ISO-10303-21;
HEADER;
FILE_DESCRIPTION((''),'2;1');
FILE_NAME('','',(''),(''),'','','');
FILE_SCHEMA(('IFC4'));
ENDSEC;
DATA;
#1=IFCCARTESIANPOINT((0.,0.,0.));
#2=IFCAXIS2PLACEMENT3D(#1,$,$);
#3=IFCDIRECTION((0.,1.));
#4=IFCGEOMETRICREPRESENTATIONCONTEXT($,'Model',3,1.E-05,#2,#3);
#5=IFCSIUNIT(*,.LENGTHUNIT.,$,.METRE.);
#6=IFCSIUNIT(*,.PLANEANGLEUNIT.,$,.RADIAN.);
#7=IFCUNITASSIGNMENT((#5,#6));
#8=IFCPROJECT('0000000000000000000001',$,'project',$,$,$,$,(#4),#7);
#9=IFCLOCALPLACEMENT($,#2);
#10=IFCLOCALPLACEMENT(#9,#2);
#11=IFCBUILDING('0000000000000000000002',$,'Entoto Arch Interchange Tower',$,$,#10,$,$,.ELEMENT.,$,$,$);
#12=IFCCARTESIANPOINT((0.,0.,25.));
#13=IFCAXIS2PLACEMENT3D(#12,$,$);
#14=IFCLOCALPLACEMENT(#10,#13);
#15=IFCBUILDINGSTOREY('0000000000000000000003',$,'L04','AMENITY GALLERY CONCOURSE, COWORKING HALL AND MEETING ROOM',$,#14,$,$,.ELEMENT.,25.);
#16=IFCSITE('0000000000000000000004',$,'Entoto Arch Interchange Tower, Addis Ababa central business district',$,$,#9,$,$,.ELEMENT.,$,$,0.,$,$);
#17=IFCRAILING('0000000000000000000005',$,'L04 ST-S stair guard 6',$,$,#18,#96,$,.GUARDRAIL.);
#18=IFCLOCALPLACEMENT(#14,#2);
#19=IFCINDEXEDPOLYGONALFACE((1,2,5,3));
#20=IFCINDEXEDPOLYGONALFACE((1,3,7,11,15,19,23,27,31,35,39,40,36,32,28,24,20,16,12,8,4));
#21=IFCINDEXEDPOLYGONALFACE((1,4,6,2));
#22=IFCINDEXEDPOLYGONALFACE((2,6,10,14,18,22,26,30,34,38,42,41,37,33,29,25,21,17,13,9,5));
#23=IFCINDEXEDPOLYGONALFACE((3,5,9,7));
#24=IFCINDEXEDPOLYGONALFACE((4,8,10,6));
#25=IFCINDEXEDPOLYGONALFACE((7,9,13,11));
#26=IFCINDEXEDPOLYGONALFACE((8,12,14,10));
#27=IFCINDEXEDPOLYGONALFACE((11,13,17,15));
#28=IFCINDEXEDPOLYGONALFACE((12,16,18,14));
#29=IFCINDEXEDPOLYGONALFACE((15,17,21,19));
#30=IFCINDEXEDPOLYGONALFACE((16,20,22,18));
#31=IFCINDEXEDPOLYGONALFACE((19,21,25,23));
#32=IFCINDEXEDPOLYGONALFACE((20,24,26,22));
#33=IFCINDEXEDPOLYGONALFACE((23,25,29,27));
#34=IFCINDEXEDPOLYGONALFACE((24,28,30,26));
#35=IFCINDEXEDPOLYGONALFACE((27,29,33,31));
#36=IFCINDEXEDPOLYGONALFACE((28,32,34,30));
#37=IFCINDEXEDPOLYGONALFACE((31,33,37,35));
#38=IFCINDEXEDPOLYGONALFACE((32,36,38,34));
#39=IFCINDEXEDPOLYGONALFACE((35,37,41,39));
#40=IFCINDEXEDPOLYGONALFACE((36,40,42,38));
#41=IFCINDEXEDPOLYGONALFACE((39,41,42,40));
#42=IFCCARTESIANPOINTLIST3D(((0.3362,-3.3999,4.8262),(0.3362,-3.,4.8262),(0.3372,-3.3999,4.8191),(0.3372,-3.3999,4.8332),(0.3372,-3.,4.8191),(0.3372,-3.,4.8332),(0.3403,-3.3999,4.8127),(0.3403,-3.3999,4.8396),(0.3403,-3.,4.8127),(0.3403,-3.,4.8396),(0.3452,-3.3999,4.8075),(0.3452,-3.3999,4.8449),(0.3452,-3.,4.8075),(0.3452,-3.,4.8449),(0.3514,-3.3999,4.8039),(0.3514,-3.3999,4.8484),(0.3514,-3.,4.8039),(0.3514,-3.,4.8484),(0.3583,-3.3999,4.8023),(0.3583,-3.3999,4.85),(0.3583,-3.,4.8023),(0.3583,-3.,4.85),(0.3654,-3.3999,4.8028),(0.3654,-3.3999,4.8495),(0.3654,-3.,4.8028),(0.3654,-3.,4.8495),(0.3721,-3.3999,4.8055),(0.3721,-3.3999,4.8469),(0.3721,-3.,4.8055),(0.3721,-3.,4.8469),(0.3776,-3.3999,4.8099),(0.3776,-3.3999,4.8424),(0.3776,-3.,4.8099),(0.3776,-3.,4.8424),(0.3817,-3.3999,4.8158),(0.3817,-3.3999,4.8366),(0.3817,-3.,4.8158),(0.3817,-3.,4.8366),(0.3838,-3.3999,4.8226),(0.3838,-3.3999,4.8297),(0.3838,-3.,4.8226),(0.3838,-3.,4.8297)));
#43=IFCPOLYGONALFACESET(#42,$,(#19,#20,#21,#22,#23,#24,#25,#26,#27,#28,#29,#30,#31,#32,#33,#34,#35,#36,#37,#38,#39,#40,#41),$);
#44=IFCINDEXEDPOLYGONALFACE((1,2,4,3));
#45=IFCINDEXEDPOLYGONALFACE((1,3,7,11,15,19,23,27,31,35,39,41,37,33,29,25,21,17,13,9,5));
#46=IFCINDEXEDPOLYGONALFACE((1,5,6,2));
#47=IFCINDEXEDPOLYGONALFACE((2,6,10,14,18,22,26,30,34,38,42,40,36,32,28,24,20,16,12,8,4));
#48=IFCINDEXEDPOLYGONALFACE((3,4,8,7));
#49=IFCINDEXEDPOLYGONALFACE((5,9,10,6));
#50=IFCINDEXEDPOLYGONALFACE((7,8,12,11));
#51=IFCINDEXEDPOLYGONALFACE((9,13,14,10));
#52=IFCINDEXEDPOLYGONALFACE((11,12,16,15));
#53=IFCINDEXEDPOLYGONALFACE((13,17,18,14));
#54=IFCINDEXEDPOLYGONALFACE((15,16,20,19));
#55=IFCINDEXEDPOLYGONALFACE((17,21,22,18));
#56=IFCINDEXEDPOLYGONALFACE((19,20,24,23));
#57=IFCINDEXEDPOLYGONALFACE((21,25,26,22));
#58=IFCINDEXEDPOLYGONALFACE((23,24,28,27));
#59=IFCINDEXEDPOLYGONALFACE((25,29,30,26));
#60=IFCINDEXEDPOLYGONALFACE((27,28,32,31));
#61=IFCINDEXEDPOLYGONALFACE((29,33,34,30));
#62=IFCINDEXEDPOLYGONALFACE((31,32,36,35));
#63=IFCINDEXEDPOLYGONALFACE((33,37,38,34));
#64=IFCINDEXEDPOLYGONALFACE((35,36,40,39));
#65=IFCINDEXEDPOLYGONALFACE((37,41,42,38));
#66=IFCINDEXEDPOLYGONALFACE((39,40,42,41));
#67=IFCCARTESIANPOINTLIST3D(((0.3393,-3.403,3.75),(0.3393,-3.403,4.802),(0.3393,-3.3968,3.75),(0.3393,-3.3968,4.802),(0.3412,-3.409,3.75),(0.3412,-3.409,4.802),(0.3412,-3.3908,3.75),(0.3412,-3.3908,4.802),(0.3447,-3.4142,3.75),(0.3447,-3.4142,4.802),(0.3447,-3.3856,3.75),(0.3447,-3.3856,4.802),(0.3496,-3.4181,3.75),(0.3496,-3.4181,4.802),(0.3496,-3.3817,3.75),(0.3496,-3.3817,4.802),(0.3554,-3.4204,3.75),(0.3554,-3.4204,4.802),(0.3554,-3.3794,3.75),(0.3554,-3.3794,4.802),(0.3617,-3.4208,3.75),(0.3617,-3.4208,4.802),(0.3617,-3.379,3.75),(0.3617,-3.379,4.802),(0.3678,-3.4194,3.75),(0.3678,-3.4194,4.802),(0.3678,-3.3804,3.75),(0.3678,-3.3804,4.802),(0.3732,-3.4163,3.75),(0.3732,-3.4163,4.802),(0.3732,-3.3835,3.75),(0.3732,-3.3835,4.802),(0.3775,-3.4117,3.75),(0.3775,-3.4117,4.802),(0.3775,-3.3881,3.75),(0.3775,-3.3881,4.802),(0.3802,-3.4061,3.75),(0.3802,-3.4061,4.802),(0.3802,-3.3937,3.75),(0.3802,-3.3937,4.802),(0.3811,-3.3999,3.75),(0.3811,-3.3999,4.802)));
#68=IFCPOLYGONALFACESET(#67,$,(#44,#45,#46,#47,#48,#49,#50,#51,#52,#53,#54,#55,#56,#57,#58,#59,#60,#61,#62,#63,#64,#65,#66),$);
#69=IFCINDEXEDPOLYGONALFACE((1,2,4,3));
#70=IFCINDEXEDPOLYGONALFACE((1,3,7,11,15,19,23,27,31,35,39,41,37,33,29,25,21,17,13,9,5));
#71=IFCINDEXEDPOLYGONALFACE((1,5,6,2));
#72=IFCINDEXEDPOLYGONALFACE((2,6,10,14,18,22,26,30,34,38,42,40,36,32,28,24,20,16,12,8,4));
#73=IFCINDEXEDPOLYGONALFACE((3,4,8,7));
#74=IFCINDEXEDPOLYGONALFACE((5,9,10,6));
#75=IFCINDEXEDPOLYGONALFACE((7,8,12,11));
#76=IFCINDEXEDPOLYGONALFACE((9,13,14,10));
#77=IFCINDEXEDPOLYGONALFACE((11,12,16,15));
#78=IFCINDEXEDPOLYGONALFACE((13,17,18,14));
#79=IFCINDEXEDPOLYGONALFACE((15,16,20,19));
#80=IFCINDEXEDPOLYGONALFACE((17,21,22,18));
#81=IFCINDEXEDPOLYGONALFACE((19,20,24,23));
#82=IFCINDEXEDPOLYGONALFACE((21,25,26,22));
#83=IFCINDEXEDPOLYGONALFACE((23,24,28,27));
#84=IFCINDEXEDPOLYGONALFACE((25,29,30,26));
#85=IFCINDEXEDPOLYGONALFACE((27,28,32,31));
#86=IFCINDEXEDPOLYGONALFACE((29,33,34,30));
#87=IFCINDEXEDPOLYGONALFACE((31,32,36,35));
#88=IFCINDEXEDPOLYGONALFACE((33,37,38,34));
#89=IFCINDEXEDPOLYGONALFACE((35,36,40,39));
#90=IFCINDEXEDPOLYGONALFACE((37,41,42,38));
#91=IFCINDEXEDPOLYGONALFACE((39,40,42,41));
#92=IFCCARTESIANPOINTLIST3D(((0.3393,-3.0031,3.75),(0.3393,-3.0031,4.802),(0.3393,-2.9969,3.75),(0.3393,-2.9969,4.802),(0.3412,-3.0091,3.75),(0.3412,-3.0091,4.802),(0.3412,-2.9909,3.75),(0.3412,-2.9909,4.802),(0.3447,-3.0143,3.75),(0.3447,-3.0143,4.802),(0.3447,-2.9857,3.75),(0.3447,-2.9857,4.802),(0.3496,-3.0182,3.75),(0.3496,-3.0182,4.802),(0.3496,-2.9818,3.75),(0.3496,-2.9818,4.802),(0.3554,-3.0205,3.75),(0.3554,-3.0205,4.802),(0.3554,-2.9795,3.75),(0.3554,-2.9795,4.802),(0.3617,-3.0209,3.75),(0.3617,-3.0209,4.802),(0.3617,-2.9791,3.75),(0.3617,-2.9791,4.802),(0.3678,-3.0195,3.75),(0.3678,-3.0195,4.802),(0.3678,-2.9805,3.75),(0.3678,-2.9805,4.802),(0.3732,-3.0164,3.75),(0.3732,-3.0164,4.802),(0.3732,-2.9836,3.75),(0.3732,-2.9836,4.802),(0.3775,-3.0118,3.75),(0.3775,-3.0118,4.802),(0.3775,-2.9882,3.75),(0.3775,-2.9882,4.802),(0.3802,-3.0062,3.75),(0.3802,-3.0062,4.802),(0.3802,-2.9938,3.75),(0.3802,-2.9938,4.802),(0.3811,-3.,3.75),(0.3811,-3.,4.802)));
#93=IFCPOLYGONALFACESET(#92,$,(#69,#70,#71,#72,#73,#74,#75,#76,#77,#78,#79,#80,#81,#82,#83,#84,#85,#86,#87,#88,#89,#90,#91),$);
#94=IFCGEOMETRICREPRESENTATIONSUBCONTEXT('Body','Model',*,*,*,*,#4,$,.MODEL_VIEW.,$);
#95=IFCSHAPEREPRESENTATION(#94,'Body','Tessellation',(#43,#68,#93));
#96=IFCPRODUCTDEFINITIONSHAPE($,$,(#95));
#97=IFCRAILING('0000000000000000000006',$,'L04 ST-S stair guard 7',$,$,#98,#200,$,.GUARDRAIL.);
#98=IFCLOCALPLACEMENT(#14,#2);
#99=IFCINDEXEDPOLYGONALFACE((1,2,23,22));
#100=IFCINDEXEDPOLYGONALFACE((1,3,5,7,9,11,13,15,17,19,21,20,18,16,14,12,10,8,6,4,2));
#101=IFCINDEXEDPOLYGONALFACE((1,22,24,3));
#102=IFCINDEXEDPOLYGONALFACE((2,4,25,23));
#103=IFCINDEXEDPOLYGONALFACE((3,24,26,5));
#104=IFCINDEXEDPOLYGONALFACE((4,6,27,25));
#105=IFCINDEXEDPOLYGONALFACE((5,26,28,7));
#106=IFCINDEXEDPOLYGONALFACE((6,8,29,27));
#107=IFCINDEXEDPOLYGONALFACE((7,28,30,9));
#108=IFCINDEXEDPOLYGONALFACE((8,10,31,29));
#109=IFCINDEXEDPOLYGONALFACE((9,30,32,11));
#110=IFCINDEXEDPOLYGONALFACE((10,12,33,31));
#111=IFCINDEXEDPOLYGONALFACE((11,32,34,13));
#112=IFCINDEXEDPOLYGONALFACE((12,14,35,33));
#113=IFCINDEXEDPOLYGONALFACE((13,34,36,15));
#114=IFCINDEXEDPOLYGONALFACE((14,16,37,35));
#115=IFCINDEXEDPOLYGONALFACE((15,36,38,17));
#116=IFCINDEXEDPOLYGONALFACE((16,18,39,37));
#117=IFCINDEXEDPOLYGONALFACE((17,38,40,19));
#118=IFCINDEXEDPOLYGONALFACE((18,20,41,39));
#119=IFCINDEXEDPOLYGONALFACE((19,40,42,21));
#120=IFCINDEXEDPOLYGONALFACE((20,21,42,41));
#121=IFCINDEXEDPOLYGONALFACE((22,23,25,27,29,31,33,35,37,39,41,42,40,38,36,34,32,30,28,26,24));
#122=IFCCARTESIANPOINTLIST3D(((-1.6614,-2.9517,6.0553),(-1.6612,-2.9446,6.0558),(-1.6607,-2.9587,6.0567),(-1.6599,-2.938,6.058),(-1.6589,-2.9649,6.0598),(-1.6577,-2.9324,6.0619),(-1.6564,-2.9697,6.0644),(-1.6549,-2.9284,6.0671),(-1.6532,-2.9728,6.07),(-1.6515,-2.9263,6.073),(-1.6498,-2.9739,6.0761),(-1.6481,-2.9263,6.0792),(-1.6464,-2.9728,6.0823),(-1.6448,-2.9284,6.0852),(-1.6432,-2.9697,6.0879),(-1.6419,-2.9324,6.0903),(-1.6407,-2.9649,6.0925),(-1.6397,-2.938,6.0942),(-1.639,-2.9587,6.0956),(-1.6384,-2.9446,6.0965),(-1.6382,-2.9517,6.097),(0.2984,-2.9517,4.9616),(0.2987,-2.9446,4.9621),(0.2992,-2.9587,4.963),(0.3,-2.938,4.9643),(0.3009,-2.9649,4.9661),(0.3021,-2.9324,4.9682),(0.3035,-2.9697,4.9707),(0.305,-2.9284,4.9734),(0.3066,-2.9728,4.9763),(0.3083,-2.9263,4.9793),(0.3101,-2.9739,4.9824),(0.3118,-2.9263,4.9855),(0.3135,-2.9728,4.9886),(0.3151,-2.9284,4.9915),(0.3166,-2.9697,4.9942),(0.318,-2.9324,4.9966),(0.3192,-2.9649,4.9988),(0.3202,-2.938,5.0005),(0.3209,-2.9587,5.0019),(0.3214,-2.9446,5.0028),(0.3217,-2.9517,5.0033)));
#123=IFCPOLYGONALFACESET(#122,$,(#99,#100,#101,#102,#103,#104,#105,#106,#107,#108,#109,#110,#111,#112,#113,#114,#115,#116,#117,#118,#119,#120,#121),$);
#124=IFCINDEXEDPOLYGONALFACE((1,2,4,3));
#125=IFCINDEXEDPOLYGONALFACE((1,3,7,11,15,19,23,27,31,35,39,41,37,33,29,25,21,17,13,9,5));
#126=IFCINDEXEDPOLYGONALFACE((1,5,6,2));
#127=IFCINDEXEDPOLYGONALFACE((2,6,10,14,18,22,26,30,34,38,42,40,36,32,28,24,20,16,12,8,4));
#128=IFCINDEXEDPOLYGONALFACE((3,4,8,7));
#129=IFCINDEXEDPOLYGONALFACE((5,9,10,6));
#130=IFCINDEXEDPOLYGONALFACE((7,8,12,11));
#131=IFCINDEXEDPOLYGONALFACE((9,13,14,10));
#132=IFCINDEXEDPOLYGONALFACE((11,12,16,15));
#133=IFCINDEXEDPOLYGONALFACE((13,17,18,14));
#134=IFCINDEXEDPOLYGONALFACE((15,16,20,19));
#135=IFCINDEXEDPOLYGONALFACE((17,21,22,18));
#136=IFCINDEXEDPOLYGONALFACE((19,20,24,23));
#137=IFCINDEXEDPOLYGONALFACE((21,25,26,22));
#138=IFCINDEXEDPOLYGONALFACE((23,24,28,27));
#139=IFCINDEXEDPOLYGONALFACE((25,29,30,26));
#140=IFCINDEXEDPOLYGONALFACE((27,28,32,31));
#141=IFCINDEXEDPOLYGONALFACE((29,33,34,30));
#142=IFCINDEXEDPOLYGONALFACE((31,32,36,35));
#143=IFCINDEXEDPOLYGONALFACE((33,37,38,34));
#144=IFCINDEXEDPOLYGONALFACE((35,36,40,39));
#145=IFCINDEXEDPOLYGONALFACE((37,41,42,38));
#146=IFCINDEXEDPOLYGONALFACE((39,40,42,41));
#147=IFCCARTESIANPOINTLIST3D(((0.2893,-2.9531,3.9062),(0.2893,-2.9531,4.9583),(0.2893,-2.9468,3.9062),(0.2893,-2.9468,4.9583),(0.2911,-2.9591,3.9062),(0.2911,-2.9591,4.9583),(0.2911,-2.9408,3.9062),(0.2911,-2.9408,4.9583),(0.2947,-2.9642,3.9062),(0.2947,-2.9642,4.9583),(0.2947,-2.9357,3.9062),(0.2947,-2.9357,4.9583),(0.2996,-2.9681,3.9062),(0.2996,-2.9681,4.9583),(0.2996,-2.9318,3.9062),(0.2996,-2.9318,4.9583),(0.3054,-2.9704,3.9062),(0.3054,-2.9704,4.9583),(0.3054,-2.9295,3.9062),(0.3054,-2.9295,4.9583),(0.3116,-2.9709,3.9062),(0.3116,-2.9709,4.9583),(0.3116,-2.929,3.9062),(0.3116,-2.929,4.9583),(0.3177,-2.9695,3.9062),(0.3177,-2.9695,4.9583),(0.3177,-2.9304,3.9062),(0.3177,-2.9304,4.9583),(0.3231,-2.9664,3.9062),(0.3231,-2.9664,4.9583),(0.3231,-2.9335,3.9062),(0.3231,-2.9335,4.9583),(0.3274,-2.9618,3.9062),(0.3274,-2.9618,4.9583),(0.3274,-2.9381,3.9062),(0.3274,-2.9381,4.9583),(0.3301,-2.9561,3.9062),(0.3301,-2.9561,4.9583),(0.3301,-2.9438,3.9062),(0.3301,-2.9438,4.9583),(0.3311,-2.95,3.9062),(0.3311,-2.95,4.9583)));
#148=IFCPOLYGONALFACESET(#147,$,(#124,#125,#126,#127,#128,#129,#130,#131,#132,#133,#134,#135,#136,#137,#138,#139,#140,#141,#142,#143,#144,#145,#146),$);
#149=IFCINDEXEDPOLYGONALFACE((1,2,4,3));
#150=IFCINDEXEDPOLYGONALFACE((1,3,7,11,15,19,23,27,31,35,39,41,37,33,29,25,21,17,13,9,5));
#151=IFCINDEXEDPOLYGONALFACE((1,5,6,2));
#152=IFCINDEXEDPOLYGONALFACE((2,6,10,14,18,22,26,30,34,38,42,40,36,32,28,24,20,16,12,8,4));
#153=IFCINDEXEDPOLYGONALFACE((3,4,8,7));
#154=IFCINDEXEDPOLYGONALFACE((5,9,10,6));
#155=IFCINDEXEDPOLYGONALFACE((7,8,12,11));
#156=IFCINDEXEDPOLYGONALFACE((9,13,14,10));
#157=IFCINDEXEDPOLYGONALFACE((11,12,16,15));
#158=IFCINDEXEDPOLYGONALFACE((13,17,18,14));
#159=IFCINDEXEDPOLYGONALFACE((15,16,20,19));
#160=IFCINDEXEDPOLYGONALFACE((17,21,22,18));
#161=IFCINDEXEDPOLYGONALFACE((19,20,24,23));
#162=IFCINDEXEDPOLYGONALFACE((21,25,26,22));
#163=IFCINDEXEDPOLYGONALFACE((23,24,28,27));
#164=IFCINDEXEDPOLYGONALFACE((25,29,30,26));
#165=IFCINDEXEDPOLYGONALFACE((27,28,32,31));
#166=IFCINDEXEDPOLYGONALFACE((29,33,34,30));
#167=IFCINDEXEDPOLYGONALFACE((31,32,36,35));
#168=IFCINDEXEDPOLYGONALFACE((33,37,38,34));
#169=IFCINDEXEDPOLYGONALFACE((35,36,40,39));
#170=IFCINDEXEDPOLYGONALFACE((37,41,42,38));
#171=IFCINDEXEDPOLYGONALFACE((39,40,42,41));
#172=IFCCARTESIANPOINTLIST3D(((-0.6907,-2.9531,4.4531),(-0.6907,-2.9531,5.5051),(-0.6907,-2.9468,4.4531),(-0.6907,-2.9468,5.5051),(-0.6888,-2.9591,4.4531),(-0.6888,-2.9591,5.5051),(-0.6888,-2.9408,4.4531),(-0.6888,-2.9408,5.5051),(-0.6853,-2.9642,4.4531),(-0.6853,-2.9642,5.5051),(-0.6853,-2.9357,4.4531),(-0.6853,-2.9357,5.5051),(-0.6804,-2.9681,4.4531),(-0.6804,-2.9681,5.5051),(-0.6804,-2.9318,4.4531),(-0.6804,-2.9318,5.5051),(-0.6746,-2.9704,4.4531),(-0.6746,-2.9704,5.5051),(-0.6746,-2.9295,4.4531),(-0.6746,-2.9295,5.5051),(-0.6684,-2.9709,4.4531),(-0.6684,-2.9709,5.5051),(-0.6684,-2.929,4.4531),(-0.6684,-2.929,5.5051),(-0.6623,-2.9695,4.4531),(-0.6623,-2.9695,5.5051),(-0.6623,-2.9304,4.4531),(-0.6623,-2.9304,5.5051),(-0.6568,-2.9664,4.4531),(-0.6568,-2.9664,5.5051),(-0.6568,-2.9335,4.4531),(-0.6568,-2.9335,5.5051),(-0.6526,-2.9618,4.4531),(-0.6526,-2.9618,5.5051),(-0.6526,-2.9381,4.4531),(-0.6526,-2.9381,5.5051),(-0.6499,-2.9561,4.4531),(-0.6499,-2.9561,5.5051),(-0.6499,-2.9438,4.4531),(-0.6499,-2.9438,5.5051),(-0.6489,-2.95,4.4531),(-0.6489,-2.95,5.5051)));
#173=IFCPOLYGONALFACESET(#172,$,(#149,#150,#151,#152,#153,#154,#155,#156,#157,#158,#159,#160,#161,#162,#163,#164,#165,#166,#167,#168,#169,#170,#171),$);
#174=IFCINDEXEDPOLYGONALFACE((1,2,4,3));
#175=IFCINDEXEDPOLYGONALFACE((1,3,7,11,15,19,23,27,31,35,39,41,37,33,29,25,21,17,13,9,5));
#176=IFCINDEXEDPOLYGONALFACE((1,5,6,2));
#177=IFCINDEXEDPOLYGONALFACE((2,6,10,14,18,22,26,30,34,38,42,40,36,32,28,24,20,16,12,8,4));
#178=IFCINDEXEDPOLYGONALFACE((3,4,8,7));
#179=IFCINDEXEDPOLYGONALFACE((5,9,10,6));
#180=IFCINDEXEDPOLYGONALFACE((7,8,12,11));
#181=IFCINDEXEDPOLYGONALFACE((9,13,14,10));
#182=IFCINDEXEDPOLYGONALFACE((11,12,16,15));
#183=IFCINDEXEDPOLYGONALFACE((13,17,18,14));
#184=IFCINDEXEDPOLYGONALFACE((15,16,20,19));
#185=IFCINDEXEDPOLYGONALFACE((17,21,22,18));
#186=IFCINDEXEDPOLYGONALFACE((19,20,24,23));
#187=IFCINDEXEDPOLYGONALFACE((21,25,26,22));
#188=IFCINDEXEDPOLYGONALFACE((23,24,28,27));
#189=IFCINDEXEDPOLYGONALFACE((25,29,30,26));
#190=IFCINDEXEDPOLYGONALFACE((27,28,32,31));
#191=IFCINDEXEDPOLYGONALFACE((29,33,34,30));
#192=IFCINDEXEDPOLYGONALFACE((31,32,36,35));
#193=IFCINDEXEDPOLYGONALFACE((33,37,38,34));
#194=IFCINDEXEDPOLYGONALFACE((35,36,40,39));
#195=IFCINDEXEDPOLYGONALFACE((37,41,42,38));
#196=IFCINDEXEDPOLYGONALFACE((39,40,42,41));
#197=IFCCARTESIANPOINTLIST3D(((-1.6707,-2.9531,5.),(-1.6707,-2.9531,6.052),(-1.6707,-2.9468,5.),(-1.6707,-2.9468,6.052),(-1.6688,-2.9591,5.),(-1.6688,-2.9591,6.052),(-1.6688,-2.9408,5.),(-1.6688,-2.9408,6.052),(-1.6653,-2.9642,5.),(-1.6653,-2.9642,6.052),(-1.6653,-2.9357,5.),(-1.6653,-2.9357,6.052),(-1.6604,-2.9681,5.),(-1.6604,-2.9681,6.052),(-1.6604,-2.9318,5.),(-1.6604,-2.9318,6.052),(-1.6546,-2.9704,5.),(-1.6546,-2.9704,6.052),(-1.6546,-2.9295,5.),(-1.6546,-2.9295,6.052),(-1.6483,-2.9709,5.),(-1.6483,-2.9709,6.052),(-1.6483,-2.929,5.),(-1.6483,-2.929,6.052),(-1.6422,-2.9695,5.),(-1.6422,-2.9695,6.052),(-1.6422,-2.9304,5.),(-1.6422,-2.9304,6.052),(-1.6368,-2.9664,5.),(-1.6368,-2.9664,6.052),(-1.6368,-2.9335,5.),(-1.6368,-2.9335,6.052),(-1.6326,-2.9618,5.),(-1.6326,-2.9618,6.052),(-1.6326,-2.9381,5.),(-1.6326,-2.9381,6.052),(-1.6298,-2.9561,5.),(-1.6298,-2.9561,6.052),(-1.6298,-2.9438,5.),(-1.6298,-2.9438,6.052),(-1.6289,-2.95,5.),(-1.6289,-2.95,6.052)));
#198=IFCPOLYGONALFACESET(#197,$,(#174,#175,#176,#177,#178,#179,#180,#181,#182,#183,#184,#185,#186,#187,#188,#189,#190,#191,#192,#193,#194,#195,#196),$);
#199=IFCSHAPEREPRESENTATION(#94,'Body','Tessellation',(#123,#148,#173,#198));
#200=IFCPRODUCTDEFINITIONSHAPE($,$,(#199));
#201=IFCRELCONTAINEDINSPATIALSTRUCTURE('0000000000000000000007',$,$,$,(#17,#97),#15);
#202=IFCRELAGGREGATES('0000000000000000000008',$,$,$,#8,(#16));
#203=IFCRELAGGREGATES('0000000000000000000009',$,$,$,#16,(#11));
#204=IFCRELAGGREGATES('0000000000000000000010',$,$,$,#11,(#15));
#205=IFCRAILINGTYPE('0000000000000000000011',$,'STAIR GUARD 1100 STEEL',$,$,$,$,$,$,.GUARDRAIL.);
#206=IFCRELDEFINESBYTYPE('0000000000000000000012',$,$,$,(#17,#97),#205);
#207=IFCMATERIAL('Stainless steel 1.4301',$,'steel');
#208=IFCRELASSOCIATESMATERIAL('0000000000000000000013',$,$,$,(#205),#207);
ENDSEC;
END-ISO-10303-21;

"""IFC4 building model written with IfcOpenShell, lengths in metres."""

from ifc_helpers import new_model, si_unit, direction, frame, origin, origin_2d, place, context, subcontext, project, spatial, circle, extrude, material, type_object, element, save


model = new_model("IFC4")

# Units and contexts
model_context = context("Model", 3, precision=1e-05, world=origin(), true_north=direction((0.0, 1.0)))
body_context = subcontext(model_context, "Body", "Model", "MODEL_VIEW")
ifc_project = project(units=[si_unit("LENGTHUNIT", "METRE"), si_unit("PLANEANGLEUNIT", "RADIAN")], contexts=[model_context])

# Site, building, storey
site_placement = place(None, origin())
site = spatial("IfcSite", under=ifc_project, at=site_placement, Name="Entoto Arch Interchange Tower, Addis Ababa central business district", CompositionType="ELEMENT", RefElevation=0.0)
building_placement = place(site_placement, origin())
building = spatial("IfcBuilding", under=site, at=building_placement, Name="Entoto Arch Interchange Tower", CompositionType="ELEMENT")
storey_placement = place(building_placement, frame((0.0, 0.0, 25.0)))
storey = spatial("IfcBuildingStorey", under=building, at=storey_placement, Name="L04", Description="AMENITY GALLERY CONCOURSE, COWORKING HALL AND MEETING ROOM", CompositionType="ELEMENT", Elevation=25.0)

# Railings
ifc_material_1 = material(Name="Stainless steel 1.4301", Category="steel")
railing_type = type_object("IfcRailingType", Name="STAIR GUARD 1100 STEEL", PredefinedType="GUARDRAIL", material=ifc_material_1)
railing_1_placement = place(storey_placement, frame((0.3601, -3.3999, 3.75)))
element("IfcRailing", 1, at=railing_1_placement, inside=storey, type_object=railing_type, Name="L04 ST-S stair guard 6", PredefinedType="GUARDRAIL", context=body_context, shape_type="SweptSolid", body=[
    extrude(circle(Radius=0.0239, at=origin_2d()), frame((0.0, 0.0, 1.0762), z_axis=(0.0, 1.0, 0.0), x_axis=(-1.0, 0.0, 0.0)), (0.0, 0.0, 1.0), 0.3999),
    extrude(circle(Radius=0.021, at=origin_2d()), origin(), (0.0, 0.0, 1.0), 1.052),
    extrude(circle(Radius=0.021, at=origin_2d()), frame((0.0, 0.3999, 0.0)), (0.0, 0.0, 1.0), 1.052),
])
railing_2_placement = place(storey_placement, frame((0.3101, -2.95, 3.9062)))
element("IfcRailing", 2, at=railing_2_placement, inside=storey, type_object=railing_type, Name="L04 ST-S stair guard 7", PredefinedType="GUARDRAIL", context=body_context, shape_type="SweptSolid", body=[
    extrude(circle(Radius=0.0239, at=origin_2d()), frame((0.0, 0.0, 1.0762), z_axis=(-0.873232, 0.0, 0.487304), x_axis=(0.0, -1.0, 0.0)), (0.0, 0.0, 1.0), 2.2444),
    extrude(circle(Radius=0.021, at=origin_2d()), origin(), (0.0, 0.0, 1.0), 1.052),
    extrude(circle(Radius=0.021, at=origin_2d()), frame((-0.98, 0.0, 0.5469)), (0.0, 0.0, 1.0), 1.052),
    extrude(circle(Radius=0.021, at=origin_2d()), frame((-1.96, 0.0, 1.0938)), (0.0, 0.0, 1.0), 1.052),
])

save(model, "model.ifc")
